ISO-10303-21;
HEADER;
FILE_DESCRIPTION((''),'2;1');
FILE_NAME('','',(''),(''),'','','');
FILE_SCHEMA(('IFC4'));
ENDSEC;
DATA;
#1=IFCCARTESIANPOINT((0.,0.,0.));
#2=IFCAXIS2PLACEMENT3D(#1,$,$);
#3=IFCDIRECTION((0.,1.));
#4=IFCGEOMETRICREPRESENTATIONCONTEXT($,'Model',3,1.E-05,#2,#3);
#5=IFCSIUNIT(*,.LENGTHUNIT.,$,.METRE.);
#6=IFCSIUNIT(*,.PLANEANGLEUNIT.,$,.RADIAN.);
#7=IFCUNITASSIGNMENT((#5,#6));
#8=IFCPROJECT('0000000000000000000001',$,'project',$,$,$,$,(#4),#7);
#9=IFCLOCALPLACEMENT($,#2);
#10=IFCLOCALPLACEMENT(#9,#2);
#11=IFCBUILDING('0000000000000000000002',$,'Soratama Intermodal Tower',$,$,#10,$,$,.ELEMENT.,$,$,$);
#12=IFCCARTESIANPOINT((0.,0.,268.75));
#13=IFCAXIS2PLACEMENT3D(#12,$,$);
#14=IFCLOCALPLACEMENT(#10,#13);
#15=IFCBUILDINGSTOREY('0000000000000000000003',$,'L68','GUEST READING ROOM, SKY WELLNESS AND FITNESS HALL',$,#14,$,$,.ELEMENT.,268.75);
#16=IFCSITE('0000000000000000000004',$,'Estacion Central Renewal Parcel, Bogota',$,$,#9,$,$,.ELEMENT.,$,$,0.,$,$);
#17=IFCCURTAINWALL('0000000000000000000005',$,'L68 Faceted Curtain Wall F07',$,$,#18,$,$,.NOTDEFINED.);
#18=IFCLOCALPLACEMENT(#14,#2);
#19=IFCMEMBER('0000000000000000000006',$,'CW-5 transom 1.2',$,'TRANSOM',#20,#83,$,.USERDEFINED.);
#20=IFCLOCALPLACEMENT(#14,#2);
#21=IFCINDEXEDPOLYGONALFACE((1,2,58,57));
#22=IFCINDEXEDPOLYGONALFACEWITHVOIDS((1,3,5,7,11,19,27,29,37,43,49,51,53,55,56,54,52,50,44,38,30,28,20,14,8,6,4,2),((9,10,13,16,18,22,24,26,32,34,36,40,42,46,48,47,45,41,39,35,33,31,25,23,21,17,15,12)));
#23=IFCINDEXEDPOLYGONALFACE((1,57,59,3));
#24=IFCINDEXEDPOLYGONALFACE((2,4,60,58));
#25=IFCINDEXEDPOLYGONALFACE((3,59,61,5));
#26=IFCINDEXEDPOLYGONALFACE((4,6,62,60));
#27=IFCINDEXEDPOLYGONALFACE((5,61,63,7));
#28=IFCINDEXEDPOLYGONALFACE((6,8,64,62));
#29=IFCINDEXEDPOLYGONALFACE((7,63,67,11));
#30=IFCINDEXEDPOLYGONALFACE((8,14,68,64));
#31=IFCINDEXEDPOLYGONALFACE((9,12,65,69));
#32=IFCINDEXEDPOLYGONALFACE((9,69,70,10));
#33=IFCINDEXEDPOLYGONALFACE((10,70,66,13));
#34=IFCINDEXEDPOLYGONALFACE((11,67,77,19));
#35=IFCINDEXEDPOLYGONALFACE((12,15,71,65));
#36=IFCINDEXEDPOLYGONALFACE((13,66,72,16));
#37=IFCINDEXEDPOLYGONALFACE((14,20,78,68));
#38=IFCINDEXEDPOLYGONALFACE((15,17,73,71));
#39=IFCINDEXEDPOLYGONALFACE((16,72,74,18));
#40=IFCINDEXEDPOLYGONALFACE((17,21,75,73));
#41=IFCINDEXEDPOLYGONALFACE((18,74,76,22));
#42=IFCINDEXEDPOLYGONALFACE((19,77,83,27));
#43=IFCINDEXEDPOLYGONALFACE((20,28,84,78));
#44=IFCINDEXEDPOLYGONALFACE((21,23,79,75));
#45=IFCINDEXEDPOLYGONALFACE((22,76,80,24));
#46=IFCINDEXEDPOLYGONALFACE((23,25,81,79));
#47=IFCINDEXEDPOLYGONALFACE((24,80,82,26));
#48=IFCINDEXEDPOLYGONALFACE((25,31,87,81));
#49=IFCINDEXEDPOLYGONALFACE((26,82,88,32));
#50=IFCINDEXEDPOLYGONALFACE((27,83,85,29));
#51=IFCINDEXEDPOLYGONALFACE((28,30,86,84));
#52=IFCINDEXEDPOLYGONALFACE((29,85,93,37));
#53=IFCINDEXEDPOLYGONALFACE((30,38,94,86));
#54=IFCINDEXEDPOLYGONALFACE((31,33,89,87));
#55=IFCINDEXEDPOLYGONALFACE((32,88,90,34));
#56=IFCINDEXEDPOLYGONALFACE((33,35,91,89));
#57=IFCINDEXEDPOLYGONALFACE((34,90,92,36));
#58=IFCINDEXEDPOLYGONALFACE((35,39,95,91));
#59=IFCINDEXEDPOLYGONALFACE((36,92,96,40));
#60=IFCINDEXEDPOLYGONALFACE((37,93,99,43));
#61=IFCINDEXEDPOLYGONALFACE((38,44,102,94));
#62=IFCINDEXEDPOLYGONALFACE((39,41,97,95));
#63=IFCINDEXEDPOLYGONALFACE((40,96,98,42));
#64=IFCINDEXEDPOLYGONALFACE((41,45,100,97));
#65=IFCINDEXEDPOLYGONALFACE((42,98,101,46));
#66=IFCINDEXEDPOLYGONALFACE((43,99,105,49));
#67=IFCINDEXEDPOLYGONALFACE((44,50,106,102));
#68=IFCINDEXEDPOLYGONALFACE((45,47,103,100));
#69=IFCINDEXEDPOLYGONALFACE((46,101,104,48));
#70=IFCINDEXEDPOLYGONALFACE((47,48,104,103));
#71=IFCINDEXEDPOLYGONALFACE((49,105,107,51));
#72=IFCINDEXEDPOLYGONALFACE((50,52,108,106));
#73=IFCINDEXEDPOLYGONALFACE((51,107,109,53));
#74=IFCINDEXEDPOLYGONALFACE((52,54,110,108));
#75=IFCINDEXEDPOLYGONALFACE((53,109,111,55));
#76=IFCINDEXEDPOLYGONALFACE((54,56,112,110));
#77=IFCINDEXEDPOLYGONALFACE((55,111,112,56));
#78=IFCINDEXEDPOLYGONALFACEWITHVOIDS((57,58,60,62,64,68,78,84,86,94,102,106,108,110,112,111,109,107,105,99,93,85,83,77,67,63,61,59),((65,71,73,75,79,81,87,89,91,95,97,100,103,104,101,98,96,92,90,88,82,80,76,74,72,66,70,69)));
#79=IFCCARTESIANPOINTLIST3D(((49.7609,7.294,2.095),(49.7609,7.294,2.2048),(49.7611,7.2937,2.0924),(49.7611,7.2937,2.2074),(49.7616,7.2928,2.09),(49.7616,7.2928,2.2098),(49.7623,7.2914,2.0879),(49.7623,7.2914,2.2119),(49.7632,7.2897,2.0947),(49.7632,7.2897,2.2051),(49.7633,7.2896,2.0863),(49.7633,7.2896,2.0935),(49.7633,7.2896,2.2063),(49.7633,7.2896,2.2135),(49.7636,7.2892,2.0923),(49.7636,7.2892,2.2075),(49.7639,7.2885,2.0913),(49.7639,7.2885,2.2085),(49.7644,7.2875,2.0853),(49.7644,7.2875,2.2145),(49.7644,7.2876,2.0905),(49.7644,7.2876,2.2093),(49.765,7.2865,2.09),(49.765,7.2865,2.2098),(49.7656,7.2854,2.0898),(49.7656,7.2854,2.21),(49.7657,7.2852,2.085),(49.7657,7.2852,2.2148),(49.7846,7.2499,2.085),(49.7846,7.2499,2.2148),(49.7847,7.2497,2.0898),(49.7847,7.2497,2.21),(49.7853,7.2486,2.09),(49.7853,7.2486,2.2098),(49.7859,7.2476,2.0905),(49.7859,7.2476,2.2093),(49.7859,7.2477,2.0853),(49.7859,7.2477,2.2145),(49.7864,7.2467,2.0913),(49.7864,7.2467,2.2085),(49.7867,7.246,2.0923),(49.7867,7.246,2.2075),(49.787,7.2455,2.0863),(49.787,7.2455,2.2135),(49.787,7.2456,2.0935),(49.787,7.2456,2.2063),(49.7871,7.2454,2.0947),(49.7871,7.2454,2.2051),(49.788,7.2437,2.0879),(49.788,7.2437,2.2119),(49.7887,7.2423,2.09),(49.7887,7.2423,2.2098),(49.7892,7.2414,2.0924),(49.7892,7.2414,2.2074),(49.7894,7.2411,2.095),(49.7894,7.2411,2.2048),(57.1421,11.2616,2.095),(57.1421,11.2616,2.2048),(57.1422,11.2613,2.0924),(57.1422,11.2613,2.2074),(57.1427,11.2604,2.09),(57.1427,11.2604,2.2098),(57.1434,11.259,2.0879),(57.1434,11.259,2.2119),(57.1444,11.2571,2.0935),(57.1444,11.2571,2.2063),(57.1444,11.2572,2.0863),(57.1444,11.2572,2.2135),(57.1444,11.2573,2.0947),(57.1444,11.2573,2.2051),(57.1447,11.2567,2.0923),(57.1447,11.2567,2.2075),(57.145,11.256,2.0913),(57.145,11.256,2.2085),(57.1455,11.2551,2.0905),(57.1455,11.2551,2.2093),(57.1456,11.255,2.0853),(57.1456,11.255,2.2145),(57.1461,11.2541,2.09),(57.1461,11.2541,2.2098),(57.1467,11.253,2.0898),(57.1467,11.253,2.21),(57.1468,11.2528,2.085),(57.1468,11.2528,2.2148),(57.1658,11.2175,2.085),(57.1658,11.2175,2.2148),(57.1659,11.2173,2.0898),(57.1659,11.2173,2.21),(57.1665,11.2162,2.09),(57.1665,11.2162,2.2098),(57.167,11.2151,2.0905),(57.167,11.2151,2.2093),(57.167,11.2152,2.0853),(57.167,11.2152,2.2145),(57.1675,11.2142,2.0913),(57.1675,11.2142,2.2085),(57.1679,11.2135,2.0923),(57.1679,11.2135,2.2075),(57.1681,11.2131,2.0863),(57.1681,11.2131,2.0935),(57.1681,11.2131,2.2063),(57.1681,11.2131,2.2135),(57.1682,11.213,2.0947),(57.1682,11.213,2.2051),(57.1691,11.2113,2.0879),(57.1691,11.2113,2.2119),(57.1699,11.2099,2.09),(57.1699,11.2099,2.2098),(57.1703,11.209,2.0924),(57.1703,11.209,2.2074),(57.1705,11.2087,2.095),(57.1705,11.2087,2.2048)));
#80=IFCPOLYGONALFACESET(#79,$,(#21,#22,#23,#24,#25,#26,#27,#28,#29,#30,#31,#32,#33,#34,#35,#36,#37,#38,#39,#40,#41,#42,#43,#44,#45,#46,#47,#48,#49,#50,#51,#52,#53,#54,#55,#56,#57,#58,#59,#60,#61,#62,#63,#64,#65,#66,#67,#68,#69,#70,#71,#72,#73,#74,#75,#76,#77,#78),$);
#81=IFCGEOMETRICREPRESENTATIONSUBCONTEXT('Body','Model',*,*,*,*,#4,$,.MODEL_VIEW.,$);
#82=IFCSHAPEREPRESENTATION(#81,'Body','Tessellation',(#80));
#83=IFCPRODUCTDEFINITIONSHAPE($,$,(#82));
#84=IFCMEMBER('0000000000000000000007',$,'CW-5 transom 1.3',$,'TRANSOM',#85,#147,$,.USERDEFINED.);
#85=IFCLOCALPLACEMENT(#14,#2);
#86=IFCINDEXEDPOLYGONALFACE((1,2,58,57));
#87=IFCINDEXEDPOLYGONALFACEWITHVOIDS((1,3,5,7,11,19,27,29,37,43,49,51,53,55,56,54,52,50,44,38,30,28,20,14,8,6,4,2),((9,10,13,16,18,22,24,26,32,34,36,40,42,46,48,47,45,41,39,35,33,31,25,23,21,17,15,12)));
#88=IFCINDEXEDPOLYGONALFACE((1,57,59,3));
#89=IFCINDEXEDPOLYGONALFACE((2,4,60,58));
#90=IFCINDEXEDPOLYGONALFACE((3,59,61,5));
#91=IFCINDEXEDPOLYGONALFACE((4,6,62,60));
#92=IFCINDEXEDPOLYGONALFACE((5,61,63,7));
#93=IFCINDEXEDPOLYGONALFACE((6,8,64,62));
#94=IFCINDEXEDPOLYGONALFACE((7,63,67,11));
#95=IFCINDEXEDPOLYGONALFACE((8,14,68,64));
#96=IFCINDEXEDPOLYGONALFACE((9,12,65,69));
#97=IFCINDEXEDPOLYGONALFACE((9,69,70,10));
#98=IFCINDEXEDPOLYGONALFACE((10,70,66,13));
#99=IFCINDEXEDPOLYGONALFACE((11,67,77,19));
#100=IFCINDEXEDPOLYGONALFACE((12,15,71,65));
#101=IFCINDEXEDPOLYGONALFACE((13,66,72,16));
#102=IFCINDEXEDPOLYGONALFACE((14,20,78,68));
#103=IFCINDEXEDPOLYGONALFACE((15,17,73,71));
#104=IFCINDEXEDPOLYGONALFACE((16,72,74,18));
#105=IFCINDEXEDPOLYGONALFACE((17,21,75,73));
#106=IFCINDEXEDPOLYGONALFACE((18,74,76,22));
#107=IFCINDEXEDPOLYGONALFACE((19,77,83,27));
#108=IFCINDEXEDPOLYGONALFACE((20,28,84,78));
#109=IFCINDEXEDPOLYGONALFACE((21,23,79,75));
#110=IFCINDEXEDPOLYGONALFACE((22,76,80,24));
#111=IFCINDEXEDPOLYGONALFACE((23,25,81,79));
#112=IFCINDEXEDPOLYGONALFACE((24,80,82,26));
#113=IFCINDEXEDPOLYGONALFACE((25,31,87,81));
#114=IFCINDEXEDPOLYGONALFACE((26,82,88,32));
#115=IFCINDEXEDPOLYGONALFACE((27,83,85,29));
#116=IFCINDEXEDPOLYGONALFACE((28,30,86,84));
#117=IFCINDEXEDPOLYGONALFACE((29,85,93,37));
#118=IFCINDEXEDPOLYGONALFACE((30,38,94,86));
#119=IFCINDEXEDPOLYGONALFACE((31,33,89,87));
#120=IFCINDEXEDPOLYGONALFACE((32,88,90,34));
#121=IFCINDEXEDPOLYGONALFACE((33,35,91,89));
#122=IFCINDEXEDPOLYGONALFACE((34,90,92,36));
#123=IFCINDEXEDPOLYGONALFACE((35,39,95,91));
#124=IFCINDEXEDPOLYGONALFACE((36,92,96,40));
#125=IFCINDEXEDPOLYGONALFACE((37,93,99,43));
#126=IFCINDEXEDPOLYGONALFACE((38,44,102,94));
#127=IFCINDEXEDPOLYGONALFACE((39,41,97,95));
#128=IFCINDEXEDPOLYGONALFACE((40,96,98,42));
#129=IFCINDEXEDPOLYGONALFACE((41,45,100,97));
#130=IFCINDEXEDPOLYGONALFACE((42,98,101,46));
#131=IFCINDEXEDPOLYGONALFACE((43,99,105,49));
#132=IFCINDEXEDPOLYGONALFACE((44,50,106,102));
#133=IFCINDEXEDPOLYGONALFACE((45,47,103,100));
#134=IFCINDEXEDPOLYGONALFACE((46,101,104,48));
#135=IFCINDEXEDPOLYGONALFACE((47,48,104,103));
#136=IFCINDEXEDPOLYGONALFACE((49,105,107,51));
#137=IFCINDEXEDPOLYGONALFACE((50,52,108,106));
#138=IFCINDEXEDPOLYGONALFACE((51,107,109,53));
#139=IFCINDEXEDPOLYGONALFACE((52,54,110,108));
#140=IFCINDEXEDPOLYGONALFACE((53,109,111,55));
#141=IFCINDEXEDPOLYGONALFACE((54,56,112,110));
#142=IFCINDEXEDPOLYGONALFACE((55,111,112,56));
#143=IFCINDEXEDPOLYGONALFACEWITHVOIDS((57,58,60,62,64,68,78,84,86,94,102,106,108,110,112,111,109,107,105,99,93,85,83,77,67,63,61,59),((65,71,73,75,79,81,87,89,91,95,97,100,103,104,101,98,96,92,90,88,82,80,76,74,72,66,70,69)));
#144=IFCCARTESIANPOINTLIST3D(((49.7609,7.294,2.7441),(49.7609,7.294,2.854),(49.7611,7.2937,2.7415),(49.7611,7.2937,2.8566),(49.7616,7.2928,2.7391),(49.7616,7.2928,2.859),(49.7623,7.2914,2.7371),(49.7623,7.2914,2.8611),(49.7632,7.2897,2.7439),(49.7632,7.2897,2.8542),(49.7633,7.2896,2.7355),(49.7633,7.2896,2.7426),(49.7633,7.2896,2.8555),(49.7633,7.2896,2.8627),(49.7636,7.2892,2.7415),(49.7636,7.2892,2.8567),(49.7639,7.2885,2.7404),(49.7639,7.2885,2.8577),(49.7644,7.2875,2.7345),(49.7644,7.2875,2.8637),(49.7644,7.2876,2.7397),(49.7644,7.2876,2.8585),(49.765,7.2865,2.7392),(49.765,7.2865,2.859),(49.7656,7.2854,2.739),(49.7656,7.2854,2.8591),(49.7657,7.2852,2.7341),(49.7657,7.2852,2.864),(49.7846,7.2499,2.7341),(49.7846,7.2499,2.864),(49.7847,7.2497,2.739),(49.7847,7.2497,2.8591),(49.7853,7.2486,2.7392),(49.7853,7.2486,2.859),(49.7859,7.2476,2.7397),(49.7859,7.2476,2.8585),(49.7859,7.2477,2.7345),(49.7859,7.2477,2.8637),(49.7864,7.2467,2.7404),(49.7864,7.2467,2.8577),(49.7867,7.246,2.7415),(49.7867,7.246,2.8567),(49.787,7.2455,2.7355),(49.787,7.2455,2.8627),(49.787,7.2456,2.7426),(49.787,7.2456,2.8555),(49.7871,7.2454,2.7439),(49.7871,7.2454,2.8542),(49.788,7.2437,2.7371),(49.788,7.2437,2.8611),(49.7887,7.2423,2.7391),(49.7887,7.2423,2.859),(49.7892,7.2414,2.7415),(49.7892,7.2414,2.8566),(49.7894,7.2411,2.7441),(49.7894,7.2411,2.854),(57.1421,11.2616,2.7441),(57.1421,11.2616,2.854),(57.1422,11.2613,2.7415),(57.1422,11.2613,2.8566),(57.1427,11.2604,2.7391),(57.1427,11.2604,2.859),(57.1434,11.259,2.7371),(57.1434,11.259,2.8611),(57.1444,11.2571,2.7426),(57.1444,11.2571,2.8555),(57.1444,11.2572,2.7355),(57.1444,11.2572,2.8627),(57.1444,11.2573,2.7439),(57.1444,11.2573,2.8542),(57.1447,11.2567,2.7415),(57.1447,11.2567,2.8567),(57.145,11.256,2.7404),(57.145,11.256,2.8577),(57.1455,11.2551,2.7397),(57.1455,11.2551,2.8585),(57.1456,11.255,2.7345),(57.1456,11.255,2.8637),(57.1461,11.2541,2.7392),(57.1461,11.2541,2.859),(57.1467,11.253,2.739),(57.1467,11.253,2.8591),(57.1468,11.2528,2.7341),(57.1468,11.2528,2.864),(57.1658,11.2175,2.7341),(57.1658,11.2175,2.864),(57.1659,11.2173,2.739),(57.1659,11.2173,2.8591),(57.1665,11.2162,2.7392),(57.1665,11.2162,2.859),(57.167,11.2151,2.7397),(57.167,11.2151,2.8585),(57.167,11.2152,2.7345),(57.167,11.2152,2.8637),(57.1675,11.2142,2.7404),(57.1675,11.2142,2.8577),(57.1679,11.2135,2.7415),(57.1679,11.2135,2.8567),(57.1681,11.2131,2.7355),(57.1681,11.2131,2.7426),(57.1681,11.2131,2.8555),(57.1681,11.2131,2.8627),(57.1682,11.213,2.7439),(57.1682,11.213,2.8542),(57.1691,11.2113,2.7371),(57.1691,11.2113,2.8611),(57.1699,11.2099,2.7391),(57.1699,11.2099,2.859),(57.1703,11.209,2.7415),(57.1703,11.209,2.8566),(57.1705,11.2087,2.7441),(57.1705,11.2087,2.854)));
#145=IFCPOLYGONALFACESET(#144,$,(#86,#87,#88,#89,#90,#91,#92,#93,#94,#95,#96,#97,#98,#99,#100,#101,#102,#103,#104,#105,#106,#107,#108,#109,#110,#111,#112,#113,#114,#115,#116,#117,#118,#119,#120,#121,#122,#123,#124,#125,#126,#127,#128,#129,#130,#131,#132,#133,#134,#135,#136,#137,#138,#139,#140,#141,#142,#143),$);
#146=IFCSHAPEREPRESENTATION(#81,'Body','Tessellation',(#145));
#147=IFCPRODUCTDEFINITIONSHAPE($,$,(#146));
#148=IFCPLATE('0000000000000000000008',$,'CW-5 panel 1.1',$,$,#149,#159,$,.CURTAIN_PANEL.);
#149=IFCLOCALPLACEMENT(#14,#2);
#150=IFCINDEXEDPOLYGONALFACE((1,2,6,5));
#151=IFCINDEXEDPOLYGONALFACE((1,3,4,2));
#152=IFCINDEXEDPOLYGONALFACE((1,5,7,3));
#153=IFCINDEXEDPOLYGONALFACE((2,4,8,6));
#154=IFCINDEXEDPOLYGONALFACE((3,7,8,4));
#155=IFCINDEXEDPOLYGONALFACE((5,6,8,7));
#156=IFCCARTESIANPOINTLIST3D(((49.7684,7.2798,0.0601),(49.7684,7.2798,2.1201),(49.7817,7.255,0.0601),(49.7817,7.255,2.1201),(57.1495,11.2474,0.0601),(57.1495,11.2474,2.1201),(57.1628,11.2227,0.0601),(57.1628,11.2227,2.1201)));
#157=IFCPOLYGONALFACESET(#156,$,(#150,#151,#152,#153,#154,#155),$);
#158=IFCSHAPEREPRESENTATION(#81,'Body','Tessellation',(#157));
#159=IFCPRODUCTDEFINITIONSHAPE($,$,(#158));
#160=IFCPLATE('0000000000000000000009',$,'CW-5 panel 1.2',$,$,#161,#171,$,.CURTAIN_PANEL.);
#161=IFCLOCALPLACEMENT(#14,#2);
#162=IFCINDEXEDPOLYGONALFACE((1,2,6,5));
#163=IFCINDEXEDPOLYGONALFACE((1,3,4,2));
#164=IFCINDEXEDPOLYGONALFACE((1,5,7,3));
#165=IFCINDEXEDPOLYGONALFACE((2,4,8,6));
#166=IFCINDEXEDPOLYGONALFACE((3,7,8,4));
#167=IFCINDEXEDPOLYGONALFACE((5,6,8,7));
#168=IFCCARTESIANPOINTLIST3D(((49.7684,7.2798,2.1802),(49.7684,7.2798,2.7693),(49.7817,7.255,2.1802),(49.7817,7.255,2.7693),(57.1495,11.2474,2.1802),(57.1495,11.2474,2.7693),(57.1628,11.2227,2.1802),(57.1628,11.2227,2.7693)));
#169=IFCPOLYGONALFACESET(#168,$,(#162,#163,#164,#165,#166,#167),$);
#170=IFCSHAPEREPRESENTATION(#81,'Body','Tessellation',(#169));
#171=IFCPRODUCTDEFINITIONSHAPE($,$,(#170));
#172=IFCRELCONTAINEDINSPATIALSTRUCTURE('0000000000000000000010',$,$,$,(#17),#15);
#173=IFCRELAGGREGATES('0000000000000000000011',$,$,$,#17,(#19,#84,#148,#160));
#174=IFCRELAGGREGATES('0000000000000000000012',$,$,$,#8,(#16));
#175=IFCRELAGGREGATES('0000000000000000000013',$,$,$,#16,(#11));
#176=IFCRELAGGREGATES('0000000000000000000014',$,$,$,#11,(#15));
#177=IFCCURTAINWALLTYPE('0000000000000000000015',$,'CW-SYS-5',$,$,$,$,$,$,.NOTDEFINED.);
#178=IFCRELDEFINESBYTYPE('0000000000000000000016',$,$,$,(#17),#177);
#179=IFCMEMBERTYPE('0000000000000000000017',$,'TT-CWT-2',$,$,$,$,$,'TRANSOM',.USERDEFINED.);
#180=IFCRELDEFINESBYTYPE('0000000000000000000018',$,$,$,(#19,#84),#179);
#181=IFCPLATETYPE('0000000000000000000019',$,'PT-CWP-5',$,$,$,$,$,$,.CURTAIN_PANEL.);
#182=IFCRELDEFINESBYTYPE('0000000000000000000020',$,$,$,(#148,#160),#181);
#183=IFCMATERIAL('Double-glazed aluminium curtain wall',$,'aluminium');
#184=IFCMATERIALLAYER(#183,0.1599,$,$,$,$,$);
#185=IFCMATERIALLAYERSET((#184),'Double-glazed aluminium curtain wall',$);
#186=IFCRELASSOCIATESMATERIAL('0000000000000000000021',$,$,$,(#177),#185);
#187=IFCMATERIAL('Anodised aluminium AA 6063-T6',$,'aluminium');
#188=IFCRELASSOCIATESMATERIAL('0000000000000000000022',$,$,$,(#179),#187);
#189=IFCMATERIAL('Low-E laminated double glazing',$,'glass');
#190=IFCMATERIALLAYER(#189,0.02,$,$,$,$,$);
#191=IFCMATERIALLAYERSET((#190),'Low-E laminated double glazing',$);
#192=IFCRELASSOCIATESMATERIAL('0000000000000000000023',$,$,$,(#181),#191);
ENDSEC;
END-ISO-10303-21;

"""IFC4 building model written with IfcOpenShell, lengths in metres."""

from ifc_helpers import new_model, si_unit, direction, frame, origin, origin_2d, place, context, subcontext, project, spatial, rectangle, hollow_rectangle, extrude, material, layer, layer_set, material_profile, profile_set, type_object, element, aggregate, save


model = new_model("IFC4")

# Units and contexts
model_context = context("Model", 3, precision=1e-05, world=origin(), true_north=direction((0.0, 1.0)))
body_context = subcontext(model_context, "Body", "Model", "MODEL_VIEW")
ifc_project = project(units=[si_unit("LENGTHUNIT", "METRE"), si_unit("PLANEANGLEUNIT", "RADIAN")], contexts=[model_context])

# Site, building, storey
site_placement = place(None, origin())
site = spatial("IfcSite", under=ifc_project, at=site_placement, Name="Estacion Central Renewal Parcel, Bogota", CompositionType="ELEMENT", RefElevation=0.0)
building_placement = place(site_placement, origin())
building = spatial("IfcBuilding", under=site, at=building_placement, Name="Soratama Intermodal Tower", CompositionType="ELEMENT")
storey_placement = place(building_placement, frame((0.0, 0.0, 268.75)))
storey = spatial("IfcBuildingStorey", under=building, at=storey_placement, Name="L68", Description="GUEST READING ROOM, SKY WELLNESS AND FITNESS HALL", CompositionType="ELEMENT", Elevation=268.75)

# Curtain wall
ifc_material_1 = material(Name="Double-glazed aluminium curtain wall", Category="aluminium")
ifc_layer_1 = layer(ifc_material_1, 0.1599)
ifc_layer_set_1 = layer_set([ifc_layer_1], Name="Double-glazed aluminium curtain wall")
curtain_wall_type = type_object("IfcCurtainWallType", Name="CW-SYS-5", PredefinedType="NOTDEFINED", material=ifc_layer_set_1)
curtain_wall_1_placement = place(storey_placement, origin())
curtain_wall_1 = element("IfcCurtainWall", 1, at=curtain_wall_1_placement, inside=storey, type_object=curtain_wall_type, Name="L68 Faceted Curtain Wall F07", PredefinedType="NOTDEFINED")

# Members
ifc_material_2 = material(Name="Anodised aluminium AA 6063-T6", Category="aluminium")
ifc_material_profile_1 = material_profile(ifc_material_2, hollow_rectangle(XDim=0.0601, YDim=0.1299, WallThickness=0.0049, InnerFilletRadius=0.0049, OuterFilletRadius=0.01, at=origin_2d()), Name="CWT130X60X5")
ifc_profile_set_1 = profile_set([ifc_material_profile_1], Name="Anodised aluminium AA 6063-T6")
member_type_1 = type_object("IfcMemberType", Name="TT-CWT-2", ElementType="TRANSOM", PredefinedType="USERDEFINED", material=ifc_profile_set_1)
member_1_placement = place(storey_placement, frame((49.7751, 7.2676, 2.1499), z_axis=(0.880815, 0.47346, 0.0), x_axis=(-0.47346, 0.880815, 0.0)))
member_1 = element("IfcMember", 2, at=member_1_placement, type_object=member_type_1, Name="CW-5 transom 1.2", ObjectType="TRANSOM", PredefinedType="USERDEFINED", context=body_context, shape_type="SweptSolid", body=[
    extrude(hollow_rectangle(XDim=0.0601, YDim=0.1299, WallThickness=0.0049, InnerFilletRadius=0.0049, OuterFilletRadius=0.01, at=origin_2d()), origin(), (0.0, 0.0, 1.0), 8.3799),
])
member_2_placement = place(storey_placement, frame((49.7751, 7.2676, 2.7991), z_axis=(0.880815, 0.47346, 0.0), x_axis=(-0.47346, 0.880815, 0.0)))
member_2 = element("IfcMember", 3, at=member_2_placement, type_object=member_type_1, Name="CW-5 transom 1.3", ObjectType="TRANSOM", PredefinedType="USERDEFINED", context=body_context, shape_type="SweptSolid", body=[
    extrude(hollow_rectangle(XDim=0.0601, YDim=0.1299, WallThickness=0.0049, InnerFilletRadius=0.0049, OuterFilletRadius=0.01, at=origin_2d()), origin(), (0.0, 0.0, 1.0), 8.3799),
])

# Plates
ifc_material_3 = material(Name="Low-E laminated double glazing", Category="glass")
ifc_layer_2 = layer(ifc_material_3, 0.02)
ifc_layer_set_2 = layer_set([ifc_layer_2], Name="Low-E laminated double glazing")
plate_type = type_object("IfcPlateType", Name="PT-CWP-5", PredefinedType="CURTAIN_PANEL", material=ifc_layer_set_2)
plate_1_placement = place(storey_placement, frame((53.4656, 9.2512, 0.0601), z_axis=(0.0, 0.0, 1.0), x_axis=(0.88081, 0.47347, 0.0)))
plate_1 = element("IfcPlate", 4, at=plate_1_placement, type_object=plate_type, Name="CW-5 panel 1.1", PredefinedType="CURTAIN_PANEL", context=body_context, shape_type="SweptSolid", body=[
    extrude(rectangle(XDim=8.3799, YDim=0.0281, at=origin_2d()), origin(), (0.0, 0.0, 1.0), 2.0601),
])
plate_2_placement = place(storey_placement, frame((53.4656, 9.2512, 2.1802), z_axis=(0.0, 0.0, 1.0), x_axis=(0.88081, 0.47347, 0.0)))
plate_2 = element("IfcPlate", 5, at=plate_2_placement, type_object=plate_type, Name="CW-5 panel 1.2", PredefinedType="CURTAIN_PANEL", context=body_context, shape_type="SweptSolid", body=[
    extrude(rectangle(XDim=8.3799, YDim=0.0281, at=origin_2d()), origin(), (0.0, 0.0, 1.0), 0.5891),
])
aggregate(curtain_wall_1, [member_1, member_2, plate_1, plate_2])

save(model, "model.ifc")
